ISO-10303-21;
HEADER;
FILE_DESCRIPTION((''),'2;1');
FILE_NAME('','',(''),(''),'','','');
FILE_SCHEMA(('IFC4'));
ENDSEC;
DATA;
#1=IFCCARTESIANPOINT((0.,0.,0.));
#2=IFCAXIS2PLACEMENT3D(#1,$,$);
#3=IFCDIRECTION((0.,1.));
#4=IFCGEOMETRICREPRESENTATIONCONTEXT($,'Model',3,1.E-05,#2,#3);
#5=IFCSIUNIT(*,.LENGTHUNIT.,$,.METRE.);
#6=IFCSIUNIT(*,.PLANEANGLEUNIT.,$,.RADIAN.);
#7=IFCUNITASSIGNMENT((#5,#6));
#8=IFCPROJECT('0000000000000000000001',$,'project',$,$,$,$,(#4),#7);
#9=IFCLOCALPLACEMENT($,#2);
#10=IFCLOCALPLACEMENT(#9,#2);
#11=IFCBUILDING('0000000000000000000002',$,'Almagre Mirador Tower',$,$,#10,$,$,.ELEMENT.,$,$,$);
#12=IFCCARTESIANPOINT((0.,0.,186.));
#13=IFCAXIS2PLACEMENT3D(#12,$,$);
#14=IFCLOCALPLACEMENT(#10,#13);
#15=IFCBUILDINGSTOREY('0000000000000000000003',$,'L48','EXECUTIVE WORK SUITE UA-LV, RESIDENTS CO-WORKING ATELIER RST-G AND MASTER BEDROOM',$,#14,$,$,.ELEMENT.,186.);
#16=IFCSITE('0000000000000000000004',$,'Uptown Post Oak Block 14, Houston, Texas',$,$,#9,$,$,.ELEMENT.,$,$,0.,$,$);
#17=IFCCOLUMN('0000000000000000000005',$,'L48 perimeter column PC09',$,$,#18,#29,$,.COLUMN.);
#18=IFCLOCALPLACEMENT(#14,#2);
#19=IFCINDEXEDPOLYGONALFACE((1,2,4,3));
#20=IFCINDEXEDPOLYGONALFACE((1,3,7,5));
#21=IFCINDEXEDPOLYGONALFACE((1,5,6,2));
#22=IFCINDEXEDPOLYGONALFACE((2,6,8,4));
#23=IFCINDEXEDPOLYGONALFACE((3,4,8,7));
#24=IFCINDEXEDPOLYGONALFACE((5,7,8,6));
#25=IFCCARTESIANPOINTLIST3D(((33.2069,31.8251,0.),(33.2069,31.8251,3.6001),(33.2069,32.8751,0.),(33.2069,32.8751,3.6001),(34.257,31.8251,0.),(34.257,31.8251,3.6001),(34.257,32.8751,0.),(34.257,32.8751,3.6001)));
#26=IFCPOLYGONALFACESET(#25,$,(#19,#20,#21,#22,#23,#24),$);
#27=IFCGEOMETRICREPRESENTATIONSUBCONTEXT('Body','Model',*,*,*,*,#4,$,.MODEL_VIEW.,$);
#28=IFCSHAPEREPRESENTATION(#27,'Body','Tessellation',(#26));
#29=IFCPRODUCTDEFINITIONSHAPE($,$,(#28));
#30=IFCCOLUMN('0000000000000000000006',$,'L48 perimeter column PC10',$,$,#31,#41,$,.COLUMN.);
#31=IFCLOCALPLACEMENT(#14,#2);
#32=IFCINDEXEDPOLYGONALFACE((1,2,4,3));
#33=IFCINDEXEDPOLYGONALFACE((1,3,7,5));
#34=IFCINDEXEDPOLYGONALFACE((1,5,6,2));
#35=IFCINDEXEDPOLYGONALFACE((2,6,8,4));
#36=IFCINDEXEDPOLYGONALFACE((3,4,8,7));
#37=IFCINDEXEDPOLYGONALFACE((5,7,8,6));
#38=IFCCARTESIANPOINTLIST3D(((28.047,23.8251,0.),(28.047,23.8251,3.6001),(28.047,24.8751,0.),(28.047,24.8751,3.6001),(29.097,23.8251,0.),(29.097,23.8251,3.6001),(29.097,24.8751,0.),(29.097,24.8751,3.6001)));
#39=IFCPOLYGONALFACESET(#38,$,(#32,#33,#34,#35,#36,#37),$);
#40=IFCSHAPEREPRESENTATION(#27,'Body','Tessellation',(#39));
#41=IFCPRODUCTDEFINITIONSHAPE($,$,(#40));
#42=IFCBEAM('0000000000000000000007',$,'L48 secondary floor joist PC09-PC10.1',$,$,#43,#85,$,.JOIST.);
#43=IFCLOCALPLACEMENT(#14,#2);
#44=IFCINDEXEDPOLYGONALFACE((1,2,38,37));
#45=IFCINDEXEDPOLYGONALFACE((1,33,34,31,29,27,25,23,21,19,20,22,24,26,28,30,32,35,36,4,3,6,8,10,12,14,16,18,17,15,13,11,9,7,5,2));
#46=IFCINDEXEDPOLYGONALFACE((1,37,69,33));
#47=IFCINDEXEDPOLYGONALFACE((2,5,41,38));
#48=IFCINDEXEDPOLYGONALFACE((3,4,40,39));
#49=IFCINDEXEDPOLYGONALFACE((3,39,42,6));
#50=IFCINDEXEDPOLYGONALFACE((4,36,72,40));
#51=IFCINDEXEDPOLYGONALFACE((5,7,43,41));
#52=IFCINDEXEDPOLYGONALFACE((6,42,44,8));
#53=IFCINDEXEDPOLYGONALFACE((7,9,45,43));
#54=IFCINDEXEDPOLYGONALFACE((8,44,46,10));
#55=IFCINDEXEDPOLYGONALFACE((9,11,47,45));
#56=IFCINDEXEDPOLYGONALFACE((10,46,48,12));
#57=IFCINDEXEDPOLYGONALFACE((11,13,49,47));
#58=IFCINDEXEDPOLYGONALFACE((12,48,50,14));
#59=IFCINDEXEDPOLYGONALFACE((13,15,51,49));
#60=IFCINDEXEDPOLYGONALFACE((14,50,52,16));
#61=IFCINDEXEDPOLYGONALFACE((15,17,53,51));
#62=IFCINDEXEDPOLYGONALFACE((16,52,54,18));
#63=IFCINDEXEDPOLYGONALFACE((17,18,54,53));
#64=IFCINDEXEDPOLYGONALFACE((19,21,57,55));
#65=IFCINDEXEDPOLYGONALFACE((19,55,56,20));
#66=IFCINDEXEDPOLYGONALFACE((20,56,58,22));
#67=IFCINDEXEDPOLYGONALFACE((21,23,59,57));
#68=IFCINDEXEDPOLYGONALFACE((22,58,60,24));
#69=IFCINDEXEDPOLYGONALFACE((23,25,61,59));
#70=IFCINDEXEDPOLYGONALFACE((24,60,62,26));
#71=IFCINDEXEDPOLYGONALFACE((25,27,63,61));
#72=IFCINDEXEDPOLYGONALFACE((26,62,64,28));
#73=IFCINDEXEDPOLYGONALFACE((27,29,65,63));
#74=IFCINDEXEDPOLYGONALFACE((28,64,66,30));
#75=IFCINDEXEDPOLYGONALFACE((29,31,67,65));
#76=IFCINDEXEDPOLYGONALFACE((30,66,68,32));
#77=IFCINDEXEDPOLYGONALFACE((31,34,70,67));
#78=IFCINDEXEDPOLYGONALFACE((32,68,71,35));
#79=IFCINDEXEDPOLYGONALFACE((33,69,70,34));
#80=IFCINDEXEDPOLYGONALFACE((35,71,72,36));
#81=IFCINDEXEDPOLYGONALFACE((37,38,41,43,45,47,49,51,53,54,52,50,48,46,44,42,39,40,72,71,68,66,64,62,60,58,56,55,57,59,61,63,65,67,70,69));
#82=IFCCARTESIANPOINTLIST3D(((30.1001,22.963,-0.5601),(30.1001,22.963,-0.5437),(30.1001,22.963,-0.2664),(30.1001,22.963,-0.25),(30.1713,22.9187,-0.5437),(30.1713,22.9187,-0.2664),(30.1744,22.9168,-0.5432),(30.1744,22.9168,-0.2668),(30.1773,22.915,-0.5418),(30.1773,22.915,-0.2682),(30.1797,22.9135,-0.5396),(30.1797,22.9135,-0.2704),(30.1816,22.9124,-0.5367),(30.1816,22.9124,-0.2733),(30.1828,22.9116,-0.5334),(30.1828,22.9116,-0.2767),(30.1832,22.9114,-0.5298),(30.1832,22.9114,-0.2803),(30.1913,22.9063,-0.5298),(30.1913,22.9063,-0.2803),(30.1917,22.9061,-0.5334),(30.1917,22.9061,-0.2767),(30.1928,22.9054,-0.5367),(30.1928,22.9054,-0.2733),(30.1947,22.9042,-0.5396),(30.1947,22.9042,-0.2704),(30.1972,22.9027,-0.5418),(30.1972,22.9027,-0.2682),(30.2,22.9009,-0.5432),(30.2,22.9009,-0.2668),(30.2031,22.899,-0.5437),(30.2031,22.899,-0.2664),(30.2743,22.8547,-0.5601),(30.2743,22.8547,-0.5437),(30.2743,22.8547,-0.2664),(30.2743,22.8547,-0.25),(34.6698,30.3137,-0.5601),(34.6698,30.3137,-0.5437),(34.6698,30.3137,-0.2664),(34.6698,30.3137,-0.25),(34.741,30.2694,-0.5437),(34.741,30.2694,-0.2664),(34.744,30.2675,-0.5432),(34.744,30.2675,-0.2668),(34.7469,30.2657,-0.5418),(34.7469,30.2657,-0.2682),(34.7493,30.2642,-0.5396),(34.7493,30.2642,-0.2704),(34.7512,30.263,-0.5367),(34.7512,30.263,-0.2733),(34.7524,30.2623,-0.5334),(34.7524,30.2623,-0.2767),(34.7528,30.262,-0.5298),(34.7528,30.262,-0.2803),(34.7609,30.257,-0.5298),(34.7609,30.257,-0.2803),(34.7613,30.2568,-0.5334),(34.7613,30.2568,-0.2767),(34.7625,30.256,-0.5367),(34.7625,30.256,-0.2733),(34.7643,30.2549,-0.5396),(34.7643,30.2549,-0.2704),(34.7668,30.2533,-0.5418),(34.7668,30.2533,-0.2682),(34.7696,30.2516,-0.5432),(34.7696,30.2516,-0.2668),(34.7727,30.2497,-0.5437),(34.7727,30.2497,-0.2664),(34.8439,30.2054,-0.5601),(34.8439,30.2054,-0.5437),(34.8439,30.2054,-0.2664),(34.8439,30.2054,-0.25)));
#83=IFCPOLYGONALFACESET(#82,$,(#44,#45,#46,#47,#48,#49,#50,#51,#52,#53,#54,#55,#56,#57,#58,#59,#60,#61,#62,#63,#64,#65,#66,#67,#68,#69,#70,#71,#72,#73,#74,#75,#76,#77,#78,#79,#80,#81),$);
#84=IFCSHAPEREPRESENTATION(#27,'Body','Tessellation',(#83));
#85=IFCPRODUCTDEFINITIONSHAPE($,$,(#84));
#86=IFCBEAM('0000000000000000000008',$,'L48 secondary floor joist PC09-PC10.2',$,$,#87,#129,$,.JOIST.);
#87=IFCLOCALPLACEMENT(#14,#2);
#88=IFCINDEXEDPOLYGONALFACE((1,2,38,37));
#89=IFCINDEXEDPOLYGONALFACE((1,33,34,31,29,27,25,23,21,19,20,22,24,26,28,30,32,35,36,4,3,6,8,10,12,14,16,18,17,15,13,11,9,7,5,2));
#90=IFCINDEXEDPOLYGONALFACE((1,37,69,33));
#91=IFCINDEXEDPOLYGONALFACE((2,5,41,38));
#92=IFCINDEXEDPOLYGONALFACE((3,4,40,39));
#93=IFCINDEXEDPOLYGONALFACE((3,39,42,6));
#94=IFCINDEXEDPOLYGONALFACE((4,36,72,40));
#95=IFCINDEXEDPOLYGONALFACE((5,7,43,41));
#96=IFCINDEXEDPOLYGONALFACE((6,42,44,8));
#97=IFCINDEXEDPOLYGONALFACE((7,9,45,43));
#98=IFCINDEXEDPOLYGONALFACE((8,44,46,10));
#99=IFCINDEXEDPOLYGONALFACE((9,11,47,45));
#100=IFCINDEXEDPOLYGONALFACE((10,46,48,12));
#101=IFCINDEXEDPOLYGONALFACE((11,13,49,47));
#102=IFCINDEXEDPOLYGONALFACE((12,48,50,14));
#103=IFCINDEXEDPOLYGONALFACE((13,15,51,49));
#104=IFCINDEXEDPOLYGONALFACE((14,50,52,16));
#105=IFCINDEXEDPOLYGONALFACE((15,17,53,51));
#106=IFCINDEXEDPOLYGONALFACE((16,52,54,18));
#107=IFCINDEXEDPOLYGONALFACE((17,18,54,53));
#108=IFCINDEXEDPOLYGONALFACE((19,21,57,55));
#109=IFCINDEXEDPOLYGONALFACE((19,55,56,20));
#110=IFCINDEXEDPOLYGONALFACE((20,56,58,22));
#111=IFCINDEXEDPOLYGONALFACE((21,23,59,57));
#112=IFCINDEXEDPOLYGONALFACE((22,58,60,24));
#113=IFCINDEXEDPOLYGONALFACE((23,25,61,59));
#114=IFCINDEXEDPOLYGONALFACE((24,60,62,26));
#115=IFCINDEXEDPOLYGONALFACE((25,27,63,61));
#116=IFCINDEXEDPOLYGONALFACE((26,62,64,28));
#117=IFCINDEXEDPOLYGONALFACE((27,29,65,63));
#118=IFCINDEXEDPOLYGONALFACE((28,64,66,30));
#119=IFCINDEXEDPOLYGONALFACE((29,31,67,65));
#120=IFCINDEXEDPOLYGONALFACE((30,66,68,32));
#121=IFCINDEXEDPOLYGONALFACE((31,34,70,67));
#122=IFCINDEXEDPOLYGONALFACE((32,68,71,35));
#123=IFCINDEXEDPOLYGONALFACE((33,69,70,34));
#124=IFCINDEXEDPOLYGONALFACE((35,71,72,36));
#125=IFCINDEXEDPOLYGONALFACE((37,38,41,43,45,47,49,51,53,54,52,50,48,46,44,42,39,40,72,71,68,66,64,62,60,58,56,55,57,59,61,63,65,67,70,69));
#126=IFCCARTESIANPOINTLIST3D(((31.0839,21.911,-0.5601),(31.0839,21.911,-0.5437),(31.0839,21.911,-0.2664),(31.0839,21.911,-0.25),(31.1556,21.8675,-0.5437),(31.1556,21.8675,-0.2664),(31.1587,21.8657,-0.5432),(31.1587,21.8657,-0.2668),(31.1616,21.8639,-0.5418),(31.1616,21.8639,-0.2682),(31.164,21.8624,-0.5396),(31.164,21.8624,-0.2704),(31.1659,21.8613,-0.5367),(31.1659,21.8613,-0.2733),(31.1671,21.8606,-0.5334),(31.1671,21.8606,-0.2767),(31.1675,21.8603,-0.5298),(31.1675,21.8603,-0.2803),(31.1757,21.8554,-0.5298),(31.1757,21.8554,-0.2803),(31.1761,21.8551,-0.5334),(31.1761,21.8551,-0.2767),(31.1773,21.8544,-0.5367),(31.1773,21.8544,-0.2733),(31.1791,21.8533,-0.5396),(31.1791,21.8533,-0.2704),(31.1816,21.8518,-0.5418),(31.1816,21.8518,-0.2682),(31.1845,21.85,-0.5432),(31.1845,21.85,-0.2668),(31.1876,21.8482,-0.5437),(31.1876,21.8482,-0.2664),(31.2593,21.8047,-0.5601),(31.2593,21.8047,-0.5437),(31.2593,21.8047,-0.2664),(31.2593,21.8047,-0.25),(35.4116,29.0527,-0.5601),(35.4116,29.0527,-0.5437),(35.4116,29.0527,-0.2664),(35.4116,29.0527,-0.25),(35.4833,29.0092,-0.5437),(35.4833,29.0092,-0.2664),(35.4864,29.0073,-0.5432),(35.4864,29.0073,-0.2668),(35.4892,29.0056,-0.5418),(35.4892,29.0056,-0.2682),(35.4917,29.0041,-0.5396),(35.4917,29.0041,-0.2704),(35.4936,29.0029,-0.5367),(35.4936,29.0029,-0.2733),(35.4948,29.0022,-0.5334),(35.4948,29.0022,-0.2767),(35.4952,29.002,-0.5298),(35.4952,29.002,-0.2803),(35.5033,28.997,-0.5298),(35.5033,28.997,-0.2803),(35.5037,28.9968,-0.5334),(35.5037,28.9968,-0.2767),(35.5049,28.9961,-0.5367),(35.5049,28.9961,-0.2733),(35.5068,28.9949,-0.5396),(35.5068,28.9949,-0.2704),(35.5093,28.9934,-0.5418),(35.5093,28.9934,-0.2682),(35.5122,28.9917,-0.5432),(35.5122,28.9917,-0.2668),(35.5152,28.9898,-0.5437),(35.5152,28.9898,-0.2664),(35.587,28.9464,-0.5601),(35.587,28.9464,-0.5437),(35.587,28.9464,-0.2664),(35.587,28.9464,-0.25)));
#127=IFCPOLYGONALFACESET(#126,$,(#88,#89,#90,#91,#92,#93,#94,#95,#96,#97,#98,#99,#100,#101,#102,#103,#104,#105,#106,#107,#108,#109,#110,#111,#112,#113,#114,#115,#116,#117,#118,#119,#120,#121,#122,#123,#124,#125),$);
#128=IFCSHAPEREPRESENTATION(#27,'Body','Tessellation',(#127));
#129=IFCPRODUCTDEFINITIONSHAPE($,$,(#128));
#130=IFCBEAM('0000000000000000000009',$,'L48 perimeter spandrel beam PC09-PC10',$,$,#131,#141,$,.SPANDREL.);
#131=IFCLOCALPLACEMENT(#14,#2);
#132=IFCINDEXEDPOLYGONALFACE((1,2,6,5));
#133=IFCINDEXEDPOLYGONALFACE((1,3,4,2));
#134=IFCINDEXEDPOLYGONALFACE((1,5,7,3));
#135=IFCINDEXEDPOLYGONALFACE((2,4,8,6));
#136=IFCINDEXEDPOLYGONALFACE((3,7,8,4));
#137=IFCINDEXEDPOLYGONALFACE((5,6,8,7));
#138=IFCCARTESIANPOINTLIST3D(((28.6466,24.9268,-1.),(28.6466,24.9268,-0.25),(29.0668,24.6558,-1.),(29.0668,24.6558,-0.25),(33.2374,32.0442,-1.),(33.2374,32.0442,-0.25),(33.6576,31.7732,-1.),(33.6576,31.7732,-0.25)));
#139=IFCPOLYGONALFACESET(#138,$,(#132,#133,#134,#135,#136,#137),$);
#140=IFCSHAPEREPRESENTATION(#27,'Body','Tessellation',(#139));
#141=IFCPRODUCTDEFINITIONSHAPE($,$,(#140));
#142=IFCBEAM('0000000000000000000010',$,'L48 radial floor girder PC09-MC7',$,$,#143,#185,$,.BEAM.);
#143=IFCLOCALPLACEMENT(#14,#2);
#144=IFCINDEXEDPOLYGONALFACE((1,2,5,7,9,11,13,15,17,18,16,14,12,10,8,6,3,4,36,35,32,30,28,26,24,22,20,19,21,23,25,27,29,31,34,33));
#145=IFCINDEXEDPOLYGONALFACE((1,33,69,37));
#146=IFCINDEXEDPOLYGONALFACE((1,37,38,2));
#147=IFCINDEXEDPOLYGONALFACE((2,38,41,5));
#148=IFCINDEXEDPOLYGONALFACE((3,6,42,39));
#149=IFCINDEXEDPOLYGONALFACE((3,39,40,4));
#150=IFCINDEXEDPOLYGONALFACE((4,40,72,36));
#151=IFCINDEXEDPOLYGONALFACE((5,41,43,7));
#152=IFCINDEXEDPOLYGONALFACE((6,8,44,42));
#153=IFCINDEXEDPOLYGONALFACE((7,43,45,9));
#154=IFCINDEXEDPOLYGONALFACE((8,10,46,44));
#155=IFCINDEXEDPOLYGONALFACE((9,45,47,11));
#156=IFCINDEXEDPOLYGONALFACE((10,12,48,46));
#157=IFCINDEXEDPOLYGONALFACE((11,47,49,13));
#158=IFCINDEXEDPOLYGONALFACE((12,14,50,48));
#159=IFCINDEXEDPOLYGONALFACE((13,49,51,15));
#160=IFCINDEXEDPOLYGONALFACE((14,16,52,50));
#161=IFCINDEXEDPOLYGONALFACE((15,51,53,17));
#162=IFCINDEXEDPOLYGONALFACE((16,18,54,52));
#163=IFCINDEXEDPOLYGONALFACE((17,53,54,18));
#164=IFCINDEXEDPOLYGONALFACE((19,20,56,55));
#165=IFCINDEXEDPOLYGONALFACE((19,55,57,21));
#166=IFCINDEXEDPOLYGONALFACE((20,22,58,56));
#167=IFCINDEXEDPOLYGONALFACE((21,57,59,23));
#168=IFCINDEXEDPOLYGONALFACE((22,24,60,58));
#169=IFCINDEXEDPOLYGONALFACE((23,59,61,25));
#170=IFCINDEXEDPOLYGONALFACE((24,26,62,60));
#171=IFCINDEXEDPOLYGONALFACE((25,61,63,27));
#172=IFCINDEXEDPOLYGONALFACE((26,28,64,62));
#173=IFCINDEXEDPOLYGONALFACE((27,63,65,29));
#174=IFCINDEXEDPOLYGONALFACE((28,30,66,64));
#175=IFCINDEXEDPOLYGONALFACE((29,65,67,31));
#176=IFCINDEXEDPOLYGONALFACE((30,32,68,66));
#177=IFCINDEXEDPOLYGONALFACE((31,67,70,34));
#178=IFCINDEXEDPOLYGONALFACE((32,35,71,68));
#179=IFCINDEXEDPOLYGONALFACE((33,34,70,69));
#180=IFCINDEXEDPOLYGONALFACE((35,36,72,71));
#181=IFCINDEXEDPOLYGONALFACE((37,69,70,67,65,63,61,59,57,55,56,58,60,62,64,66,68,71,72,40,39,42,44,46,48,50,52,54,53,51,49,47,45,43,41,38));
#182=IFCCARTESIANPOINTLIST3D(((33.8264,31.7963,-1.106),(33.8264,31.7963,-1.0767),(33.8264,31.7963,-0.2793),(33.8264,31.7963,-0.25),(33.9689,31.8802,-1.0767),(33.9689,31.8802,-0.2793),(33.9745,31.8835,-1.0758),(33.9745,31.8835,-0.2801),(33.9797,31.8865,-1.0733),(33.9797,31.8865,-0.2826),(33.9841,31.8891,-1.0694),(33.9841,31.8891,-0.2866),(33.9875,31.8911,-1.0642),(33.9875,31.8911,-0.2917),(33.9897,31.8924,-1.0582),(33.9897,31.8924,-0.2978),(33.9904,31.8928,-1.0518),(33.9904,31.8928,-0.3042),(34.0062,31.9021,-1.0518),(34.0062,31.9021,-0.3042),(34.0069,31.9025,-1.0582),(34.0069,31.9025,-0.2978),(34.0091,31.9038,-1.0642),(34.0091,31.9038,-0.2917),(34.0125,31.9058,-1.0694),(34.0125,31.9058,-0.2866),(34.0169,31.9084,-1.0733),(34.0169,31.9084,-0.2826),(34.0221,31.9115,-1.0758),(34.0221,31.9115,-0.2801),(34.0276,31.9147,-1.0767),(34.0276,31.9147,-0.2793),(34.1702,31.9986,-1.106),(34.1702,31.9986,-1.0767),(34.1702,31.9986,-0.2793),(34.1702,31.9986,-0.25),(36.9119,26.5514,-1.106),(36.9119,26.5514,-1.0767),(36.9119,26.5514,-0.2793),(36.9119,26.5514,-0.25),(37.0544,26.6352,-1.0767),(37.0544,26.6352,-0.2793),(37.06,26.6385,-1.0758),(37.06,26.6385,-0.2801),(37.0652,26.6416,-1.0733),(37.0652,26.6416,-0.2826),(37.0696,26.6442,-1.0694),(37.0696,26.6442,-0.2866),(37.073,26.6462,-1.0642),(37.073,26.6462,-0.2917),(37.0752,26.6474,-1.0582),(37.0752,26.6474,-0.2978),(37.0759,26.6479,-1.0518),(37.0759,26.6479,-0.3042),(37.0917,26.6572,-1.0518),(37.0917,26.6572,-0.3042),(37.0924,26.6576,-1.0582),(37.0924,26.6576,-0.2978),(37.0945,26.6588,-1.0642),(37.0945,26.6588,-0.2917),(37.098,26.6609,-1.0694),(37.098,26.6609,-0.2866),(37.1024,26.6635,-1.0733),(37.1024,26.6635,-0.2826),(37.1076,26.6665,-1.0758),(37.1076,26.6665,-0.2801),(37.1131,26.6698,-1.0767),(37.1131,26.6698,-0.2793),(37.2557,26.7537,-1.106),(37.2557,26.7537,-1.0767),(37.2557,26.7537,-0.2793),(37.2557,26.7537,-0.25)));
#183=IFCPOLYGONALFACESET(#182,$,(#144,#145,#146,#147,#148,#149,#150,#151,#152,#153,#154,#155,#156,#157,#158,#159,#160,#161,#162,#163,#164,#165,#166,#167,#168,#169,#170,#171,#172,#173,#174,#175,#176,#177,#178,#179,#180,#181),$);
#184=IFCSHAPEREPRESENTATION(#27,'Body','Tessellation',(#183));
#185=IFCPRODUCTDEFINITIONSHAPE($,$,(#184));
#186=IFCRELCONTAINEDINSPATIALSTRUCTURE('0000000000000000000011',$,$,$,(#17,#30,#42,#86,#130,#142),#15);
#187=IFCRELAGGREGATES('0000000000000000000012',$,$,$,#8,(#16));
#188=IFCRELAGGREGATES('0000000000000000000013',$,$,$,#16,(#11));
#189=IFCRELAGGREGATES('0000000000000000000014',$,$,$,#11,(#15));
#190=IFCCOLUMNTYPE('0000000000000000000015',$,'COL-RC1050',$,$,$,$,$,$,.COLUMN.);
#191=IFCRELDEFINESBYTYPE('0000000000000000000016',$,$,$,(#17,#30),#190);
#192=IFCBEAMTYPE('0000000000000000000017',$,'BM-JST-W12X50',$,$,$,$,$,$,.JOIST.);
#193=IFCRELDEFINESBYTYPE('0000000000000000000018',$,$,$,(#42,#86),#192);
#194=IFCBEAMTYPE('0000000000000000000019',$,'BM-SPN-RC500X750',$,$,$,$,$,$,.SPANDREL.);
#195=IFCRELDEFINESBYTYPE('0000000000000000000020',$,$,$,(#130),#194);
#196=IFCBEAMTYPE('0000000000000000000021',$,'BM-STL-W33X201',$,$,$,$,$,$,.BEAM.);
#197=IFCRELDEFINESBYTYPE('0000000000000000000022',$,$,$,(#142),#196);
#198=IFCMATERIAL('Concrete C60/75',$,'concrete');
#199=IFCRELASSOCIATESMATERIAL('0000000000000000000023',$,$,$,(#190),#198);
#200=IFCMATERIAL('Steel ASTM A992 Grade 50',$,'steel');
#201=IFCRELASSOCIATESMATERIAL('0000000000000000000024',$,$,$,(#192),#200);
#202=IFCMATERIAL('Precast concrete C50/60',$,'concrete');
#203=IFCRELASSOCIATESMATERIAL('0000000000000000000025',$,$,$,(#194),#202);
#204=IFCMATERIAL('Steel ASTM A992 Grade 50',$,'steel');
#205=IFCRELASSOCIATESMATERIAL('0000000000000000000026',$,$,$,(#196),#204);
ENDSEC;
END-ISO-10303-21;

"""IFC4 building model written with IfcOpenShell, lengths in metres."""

from ifc_helpers import new_model, si_unit, direction, frame, origin, origin_2d, place, context, subcontext, project, spatial, rectangle, i_section, extrude, material, material_profile, profile_set, type_object, element, save


model = new_model("IFC4")

# Units and contexts
model_context = context("Model", 3, precision=1e-05, world=origin(), true_north=direction((0.0, 1.0)))
body_context = subcontext(model_context, "Body", "Model", "MODEL_VIEW")
ifc_project = project(units=[si_unit("LENGTHUNIT", "METRE"), si_unit("PLANEANGLEUNIT", "RADIAN")], contexts=[model_context])

# Site, building, storey
site_placement = place(None, origin())
site = spatial("IfcSite", under=ifc_project, at=site_placement, Name="Uptown Post Oak Block 14, Houston, Texas", CompositionType="ELEMENT", RefElevation=0.0)
building_placement = place(site_placement, origin())
building = spatial("IfcBuilding", under=site, at=building_placement, Name="Almagre Mirador Tower", CompositionType="ELEMENT")
storey_placement = place(building_placement, frame((0.0, 0.0, 186.0)))
storey = spatial("IfcBuildingStorey", under=building, at=storey_placement, Name="L48", Description="EXECUTIVE WORK SUITE UA-LV, RESIDENTS CO-WORKING ATELIER RST-G AND MASTER BEDROOM", CompositionType="ELEMENT", Elevation=186.0)

# Columns
ifc_material_1 = material(Name="Concrete C60/75", Category="concrete")
ifc_material_profile_1 = material_profile(ifc_material_1, rectangle(XDim=1.05, YDim=1.05, at=origin_2d()), Name="RC1050X1050")
ifc_profile_set_1 = profile_set([ifc_material_profile_1], Name="Concrete C60/75")
column_type = type_object("IfcColumnType", Name="COL-RC1050", PredefinedType="COLUMN", material=ifc_profile_set_1)
for number, where, z_axis, x_axis, name in (
    (1, (33.7319, 32.3501, 0.0), (0.0, 0.0, 1.0), (1.0, 0.0, 0.0), "L48 perimeter column PC09"),
    (2, (28.572, 24.3501, 0.0), (0.0, 0.0, 1.0), (1.0, 0.0, 0.0), "L48 perimeter column PC10"),
):
    element("IfcColumn", number, at=place(storey_placement, frame(where, z_axis=z_axis, x_axis=x_axis)), inside=storey, type_object=column_type, Name=name, PredefinedType="COLUMN", context=body_context, shape_type="SweptSolid", body=[
        extrude(rectangle(XDim=1.05, YDim=1.05, at=origin_2d()), origin(), (0.0, 0.0, 1.0), 3.6001),
    ])

# Beams
ifc_material_2 = material(Name="Steel ASTM A992 Grade 50", Category="steel")
ifc_material_profile_2 = material_profile(ifc_material_2, i_section(OverallWidth=0.2051, OverallDepth=0.3101, WebThickness=0.0095, FlangeThickness=0.0164, FilletRadius=0.0139, at=origin_2d()), Name="W12X50")
ifc_profile_set_2 = profile_set([ifc_material_profile_2], Name="Steel ASTM A992 Grade 50")
beam_type_1 = type_object("IfcBeamType", Name="BM-JST-W12X50", PredefinedType="JOIST", material=ifc_profile_set_2)
beam_1_placement = place(storey_placement, frame((34.7568, 30.2595, -0.405), z_axis=(-0.527959, -0.84927, 0.0), x_axis=(0.84927, -0.527959, 0.0)))
element("IfcBeam", 3, at=beam_1_placement, inside=storey, type_object=beam_type_1, Name="L48 secondary floor joist PC09-PC10.1", PredefinedType="JOIST", context=body_context, shape_type="SweptSolid", body=[
    extrude(i_section(OverallWidth=0.2051, OverallDepth=0.3101, WebThickness=0.0095, FlangeThickness=0.0164, FilletRadius=0.0139, at=origin_2d()), origin(), (0.0, 0.0, 1.0), 8.6553),
])
beam_2_placement = place(storey_placement, frame((35.4993, 28.9995, -0.405), z_axis=(-0.518249, -0.85523, 0.0), x_axis=(0.85523, -0.518249, 0.0)))
element("IfcBeam", 4, at=beam_2_placement, inside=storey, type_object=beam_type_1, Name="L48 secondary floor joist PC09-PC10.2", PredefinedType="JOIST", context=body_context, shape_type="SweptSolid", body=[
    extrude(i_section(OverallWidth=0.2051, OverallDepth=0.3101, WebThickness=0.0095, FlangeThickness=0.0164, FilletRadius=0.0139, at=origin_2d()), origin(), (0.0, 0.0, 1.0), 8.3506),
])
ifc_material_3 = material(Name="Precast concrete C50/60", Category="concrete")
ifc_material_profile_3 = material_profile(ifc_material_3, rectangle(XDim=0.5, YDim=0.75, at=origin_2d()), Name="RC500X750")
ifc_profile_set_3 = profile_set([ifc_material_profile_3], Name="Precast concrete C50/60")
beam_type_2 = type_object("IfcBeamType", Name="BM-SPN-RC500X750", PredefinedType="SPANDREL", material=ifc_profile_set_3)
beam_3_placement = place(storey_placement, frame((33.4475, 31.9087, -0.625), z_axis=(-0.542038, -0.840354, 0.0), x_axis=(0.840354, -0.542038, 0.0)))
element("IfcBeam", 5, at=beam_3_placement, inside=storey, type_object=beam_type_2, Name="L48 perimeter spandrel beam PC09-PC10", PredefinedType="SPANDREL", context=body_context, shape_type="SweptSolid", body=[
    extrude(rectangle(XDim=0.5, YDim=0.75, at=origin_2d()), origin(), (0.0, 0.0, 1.0), 8.4695),
])
ifc_material_4 = material(Name="Steel ASTM A992 Grade 50", Category="steel")
ifc_material_profile_4 = material_profile(ifc_material_4, i_section(OverallWidth=0.3989, OverallDepth=0.856, WebThickness=0.0183, FlangeThickness=0.0293, FilletRadius=0.0249, at=origin_2d()), Name="W33X201")
ifc_profile_set_4 = profile_set([ifc_material_profile_4], Name="Steel ASTM A992 Grade 50")
beam_type_3 = type_object("IfcBeamType", Name="BM-STL-W33X201", PredefinedType="BEAM", material=ifc_profile_set_4)
beam_4_placement = place(storey_placement, frame((33.9983, 31.8975, -0.678), z_axis=(0.507048, -0.861918, 0.0), x_axis=(0.861918, 0.507048, 0.0)))
element("IfcBeam", 6, at=beam_4_placement, inside=storey, type_object=beam_type_3, Name="L48 radial floor girder PC09-MC7", PredefinedType="BEAM", context=body_context, shape_type="SweptSolid", body=[
    extrude(i_section(OverallWidth=0.3989, OverallDepth=0.856, WebThickness=0.0183, FlangeThickness=0.0293, FilletRadius=0.0249, at=origin_2d()), origin(), (0.0, 0.0, 1.0), 6.0852),
])

save(model, "model.ifc")
